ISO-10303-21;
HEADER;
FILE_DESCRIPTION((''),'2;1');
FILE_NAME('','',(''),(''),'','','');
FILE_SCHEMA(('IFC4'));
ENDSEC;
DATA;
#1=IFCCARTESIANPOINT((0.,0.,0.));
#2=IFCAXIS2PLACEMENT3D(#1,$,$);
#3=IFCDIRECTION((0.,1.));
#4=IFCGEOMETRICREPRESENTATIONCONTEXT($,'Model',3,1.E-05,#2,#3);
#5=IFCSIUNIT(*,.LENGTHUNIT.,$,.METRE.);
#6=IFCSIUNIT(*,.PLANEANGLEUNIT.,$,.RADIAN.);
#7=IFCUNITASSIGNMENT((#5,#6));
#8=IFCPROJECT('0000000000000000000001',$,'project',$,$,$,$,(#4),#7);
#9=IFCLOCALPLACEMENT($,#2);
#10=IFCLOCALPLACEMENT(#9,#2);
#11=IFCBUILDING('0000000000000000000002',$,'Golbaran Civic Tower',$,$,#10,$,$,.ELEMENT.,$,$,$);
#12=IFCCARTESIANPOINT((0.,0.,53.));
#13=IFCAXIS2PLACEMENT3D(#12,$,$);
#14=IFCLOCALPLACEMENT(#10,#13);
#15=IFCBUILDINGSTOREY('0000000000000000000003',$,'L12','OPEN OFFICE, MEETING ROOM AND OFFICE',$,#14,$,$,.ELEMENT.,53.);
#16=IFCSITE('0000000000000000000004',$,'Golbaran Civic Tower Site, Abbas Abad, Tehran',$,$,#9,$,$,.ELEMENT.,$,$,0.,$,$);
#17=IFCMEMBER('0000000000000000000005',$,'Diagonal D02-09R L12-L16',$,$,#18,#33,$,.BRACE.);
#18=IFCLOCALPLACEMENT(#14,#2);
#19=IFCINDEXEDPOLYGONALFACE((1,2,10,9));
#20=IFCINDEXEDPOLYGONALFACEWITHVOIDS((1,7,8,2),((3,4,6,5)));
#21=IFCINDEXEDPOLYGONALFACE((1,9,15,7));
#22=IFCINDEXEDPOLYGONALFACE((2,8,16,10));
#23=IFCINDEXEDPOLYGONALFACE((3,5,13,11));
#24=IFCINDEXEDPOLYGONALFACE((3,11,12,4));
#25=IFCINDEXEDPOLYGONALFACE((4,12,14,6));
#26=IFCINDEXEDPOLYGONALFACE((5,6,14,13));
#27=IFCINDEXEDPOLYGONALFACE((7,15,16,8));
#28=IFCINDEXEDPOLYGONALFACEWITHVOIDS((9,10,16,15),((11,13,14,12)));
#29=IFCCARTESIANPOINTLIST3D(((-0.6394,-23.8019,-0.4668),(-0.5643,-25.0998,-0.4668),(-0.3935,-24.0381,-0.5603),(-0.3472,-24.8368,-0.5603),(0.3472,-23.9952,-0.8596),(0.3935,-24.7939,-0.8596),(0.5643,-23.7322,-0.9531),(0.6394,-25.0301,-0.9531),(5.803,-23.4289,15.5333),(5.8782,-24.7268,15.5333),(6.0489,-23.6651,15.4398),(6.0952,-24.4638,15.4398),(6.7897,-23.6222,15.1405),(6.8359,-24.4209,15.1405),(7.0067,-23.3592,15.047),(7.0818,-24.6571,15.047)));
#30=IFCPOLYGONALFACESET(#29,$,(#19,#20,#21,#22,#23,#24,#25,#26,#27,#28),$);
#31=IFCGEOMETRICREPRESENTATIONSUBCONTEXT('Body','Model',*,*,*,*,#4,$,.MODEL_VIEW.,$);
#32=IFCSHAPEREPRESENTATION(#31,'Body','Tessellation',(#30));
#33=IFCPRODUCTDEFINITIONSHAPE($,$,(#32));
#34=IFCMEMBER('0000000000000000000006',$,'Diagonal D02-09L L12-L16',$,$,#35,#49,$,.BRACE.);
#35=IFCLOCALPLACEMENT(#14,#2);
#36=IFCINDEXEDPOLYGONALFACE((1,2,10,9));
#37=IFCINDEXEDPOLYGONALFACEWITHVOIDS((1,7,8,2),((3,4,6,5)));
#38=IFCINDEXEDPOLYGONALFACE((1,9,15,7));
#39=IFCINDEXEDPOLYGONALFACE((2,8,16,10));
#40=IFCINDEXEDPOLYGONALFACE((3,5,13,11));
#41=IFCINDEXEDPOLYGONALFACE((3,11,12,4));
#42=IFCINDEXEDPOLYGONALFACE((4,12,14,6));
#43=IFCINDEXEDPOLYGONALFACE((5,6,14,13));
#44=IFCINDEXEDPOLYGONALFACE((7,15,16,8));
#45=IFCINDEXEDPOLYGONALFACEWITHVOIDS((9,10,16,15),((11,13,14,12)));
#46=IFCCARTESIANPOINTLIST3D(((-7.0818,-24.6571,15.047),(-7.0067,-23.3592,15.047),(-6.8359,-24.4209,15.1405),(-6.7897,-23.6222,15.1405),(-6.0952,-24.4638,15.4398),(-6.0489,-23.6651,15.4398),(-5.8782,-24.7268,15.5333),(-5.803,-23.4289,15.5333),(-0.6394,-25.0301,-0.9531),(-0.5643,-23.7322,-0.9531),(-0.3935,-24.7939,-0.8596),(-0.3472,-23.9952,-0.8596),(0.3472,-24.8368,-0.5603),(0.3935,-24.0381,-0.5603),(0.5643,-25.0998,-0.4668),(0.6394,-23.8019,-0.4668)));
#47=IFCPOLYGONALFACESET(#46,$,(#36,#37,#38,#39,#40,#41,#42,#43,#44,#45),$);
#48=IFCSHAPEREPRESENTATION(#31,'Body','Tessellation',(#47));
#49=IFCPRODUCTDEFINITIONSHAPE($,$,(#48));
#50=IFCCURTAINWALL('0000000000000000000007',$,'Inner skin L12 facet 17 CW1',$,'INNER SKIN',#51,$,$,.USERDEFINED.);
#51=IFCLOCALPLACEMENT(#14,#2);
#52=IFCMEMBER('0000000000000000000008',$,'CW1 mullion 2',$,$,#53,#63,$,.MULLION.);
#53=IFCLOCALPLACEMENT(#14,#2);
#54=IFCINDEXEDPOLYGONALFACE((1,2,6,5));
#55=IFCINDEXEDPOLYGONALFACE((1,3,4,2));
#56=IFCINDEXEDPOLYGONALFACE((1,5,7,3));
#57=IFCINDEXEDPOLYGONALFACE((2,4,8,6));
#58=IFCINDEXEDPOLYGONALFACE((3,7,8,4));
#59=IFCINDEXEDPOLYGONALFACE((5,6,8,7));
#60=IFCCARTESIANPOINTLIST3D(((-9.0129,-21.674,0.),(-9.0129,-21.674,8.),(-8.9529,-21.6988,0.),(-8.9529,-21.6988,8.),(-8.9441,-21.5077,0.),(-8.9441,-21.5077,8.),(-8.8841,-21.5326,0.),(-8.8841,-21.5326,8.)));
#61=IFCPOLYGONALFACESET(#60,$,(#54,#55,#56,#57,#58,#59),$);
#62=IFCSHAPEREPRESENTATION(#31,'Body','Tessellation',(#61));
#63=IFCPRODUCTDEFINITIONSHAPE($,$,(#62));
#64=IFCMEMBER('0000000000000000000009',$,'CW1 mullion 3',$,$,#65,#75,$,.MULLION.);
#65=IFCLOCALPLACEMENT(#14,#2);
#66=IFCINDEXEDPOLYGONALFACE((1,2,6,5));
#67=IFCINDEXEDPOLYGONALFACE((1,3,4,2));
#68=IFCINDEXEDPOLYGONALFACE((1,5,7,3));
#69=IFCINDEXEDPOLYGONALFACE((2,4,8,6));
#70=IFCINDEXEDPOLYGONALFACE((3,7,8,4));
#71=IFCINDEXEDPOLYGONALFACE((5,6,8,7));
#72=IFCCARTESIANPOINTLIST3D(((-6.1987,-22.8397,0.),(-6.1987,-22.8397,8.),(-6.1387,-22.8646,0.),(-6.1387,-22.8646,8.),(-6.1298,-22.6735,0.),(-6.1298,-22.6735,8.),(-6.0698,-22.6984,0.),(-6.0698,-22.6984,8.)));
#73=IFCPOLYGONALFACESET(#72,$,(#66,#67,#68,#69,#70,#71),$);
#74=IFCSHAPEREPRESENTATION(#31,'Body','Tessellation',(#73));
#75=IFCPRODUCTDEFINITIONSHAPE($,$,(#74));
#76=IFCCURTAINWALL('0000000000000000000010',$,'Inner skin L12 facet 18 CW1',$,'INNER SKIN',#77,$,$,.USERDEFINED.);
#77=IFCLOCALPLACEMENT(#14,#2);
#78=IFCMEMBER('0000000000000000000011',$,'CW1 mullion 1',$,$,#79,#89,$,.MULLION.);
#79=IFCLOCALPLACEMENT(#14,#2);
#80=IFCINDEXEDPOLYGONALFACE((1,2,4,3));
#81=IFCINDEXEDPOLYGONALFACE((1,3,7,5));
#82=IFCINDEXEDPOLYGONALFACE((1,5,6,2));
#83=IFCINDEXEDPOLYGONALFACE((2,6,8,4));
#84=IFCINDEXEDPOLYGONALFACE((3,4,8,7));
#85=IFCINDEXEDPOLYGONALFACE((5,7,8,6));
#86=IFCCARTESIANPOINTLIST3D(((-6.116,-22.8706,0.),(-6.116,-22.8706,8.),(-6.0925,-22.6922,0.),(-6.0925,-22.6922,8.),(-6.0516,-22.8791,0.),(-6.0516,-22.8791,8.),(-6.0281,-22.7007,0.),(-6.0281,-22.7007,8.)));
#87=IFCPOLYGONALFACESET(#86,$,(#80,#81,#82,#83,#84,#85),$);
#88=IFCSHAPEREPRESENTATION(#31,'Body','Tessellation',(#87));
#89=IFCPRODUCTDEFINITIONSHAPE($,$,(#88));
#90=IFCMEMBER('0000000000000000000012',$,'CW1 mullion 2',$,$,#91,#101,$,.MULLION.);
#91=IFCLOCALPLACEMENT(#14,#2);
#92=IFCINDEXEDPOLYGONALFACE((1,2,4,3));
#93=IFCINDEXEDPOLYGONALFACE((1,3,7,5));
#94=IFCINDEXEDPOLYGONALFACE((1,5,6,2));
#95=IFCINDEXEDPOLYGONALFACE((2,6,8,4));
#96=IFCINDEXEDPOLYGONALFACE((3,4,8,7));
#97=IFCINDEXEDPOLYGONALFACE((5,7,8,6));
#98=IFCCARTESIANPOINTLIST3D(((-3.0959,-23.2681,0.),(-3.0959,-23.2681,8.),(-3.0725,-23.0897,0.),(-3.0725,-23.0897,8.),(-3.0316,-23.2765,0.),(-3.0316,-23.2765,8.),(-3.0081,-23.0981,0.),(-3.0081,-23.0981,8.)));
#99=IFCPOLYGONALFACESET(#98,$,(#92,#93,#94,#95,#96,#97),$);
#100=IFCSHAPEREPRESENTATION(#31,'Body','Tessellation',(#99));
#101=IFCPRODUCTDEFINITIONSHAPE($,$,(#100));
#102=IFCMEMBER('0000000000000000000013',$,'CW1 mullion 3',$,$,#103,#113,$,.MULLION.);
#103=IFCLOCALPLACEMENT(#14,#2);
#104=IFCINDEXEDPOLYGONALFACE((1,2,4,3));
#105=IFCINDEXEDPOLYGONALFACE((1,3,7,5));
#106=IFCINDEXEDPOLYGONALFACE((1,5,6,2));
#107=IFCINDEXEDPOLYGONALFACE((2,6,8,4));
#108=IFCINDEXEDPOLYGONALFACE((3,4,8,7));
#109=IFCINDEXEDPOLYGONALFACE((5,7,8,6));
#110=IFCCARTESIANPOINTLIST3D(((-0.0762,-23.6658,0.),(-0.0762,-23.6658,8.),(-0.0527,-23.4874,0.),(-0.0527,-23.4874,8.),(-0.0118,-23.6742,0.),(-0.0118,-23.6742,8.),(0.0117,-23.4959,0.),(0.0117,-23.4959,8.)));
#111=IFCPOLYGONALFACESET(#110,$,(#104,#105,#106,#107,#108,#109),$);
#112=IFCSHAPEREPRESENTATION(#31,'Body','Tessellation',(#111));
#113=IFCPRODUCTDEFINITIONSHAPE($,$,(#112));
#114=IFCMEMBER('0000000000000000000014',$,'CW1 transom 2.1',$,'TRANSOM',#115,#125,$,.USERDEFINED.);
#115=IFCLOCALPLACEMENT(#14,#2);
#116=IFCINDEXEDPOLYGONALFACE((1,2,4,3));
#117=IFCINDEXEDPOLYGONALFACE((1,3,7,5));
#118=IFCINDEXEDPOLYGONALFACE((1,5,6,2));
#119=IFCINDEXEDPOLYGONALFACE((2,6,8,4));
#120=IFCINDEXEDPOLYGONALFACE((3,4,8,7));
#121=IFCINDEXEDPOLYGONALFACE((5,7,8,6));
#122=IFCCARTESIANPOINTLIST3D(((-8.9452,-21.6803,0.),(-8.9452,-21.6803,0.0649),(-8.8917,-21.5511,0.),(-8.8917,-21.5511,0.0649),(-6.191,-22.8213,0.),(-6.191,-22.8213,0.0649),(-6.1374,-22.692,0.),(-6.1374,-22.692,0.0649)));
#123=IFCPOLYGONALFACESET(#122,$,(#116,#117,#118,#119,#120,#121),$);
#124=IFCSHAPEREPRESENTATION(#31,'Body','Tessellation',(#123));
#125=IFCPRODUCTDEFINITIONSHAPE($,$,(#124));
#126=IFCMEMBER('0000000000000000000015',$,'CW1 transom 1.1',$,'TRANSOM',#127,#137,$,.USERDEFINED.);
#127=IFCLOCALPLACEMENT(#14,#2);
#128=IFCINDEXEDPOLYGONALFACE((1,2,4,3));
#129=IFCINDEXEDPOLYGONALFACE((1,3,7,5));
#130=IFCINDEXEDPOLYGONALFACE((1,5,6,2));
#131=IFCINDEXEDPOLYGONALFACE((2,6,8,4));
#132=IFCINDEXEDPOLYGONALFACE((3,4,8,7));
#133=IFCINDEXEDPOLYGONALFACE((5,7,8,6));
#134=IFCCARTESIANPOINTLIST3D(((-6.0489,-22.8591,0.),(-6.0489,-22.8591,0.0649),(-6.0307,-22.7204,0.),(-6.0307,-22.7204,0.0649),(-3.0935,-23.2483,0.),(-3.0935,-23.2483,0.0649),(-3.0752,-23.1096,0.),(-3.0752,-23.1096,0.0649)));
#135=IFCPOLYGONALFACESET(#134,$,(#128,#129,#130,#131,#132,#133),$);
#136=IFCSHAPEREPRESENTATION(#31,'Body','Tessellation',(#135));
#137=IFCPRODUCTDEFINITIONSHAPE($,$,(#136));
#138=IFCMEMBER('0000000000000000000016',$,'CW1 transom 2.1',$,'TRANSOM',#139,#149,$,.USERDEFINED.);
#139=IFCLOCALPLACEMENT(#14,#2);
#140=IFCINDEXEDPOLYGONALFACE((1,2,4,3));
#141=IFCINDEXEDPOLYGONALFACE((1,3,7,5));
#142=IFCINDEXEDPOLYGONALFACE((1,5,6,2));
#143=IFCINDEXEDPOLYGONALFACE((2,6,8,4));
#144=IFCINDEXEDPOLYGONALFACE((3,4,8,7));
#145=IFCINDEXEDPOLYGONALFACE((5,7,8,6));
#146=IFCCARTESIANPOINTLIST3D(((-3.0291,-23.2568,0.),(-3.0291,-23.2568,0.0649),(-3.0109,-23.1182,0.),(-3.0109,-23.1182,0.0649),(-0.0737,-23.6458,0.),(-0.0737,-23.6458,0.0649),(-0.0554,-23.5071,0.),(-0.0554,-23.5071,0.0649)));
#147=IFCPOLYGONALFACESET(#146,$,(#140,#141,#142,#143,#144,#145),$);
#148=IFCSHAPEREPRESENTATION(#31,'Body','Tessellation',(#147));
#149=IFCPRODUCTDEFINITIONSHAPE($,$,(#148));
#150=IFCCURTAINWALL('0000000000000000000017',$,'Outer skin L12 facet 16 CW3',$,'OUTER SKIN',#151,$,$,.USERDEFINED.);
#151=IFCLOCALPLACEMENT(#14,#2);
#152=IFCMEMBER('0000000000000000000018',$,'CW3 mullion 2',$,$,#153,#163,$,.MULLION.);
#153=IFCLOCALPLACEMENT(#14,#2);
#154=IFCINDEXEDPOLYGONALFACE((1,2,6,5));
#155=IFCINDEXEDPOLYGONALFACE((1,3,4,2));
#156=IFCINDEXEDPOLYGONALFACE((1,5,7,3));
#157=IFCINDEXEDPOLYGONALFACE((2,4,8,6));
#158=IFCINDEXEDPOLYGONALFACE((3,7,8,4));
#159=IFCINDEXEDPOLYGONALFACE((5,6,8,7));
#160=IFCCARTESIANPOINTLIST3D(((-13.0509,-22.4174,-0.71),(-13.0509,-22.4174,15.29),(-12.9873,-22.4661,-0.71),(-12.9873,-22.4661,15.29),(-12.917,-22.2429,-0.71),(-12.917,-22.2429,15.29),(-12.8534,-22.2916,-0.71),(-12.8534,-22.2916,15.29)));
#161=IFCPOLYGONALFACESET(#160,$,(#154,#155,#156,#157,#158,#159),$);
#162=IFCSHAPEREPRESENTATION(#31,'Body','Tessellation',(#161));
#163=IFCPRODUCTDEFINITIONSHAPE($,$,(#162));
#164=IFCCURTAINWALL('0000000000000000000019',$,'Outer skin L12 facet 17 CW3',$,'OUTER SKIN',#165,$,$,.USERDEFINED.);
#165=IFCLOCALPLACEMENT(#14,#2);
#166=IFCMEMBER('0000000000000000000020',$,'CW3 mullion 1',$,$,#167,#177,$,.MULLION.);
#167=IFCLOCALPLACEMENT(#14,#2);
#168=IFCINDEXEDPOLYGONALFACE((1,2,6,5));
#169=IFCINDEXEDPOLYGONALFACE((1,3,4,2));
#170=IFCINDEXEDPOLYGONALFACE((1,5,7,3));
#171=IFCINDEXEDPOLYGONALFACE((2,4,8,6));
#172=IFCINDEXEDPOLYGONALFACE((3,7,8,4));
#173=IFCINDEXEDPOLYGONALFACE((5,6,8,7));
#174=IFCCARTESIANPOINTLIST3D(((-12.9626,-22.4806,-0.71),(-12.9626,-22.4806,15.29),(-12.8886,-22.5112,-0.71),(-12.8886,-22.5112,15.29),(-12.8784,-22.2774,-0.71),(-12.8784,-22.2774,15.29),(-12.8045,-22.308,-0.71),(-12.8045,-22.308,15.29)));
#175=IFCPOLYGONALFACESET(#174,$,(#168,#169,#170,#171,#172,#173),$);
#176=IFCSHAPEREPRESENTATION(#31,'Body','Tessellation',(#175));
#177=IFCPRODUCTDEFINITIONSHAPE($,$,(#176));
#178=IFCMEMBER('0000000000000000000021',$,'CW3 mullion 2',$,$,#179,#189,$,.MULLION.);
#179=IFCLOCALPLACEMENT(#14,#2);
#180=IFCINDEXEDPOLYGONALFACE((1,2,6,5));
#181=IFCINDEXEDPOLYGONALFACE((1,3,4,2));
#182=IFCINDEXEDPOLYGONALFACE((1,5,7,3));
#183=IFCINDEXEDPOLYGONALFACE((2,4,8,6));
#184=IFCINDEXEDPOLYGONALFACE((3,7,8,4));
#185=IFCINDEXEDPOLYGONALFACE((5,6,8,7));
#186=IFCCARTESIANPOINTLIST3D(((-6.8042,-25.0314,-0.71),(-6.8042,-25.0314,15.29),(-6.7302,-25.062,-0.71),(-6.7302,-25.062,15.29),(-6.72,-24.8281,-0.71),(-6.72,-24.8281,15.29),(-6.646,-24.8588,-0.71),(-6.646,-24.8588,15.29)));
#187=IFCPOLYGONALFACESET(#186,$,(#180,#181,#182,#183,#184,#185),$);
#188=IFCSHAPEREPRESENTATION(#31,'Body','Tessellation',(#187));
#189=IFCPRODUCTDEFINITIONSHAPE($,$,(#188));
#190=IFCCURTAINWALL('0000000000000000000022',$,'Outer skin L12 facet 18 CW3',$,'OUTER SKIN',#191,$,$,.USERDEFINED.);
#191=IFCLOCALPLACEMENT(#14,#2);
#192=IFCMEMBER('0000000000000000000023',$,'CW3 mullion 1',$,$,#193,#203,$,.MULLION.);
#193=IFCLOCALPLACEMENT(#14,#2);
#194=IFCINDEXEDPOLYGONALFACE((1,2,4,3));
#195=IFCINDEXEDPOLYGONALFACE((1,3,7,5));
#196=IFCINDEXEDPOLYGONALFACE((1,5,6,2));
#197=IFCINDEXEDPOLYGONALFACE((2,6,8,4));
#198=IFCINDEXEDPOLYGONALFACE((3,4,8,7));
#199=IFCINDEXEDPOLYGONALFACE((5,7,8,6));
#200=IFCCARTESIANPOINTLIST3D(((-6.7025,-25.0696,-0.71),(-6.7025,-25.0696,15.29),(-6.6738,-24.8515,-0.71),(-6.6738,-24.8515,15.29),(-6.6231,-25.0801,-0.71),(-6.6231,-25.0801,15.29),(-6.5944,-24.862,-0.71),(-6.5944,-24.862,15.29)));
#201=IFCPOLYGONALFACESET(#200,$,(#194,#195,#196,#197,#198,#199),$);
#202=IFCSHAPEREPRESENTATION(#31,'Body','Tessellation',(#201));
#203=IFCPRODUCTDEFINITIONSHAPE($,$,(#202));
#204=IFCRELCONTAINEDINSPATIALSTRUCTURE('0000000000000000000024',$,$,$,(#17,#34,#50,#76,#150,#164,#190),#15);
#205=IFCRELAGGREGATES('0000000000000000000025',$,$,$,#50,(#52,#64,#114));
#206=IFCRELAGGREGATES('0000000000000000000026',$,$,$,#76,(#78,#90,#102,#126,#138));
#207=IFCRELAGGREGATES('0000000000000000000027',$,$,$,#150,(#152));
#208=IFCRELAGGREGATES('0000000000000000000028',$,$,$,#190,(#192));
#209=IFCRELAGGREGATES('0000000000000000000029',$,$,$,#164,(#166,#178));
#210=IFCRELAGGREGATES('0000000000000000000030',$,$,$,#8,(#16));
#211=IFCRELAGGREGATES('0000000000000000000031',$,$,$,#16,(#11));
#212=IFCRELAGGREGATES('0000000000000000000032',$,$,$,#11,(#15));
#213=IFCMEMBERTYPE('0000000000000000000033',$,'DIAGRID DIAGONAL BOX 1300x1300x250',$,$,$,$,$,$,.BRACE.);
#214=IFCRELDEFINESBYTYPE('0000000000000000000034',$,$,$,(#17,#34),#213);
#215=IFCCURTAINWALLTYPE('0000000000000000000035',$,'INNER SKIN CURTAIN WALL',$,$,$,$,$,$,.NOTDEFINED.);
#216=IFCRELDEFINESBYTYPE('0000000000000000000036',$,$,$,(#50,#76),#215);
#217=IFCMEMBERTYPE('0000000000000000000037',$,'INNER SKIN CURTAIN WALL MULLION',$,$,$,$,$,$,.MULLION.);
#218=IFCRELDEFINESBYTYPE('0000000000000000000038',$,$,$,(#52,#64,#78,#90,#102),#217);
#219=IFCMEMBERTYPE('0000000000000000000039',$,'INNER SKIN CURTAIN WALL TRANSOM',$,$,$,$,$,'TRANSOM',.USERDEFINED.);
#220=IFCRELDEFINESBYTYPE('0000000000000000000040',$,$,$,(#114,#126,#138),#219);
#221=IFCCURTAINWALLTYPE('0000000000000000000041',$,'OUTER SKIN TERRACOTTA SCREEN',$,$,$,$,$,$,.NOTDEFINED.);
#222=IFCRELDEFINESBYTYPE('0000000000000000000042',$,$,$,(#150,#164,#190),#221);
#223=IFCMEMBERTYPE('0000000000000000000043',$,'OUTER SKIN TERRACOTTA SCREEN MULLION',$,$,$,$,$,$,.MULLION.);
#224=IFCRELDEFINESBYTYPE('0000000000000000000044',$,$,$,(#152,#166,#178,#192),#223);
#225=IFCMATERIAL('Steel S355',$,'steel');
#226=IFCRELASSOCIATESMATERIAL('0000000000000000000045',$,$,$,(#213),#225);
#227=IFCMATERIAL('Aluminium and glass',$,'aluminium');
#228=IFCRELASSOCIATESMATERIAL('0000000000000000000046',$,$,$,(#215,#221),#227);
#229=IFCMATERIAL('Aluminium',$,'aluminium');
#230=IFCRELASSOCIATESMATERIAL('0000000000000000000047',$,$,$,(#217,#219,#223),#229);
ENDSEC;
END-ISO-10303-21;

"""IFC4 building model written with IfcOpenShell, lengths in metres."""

from ifc_helpers import new_model, si_unit, direction, frame, origin, origin_2d, place, context, subcontext, project, spatial, rectangle, hollow_rectangle, extrude, material, material_profile, profile_set, type_object, element, aggregate, save


model = new_model("IFC4")

# Units and contexts
model_context = context("Model", 3, precision=1e-05, world=origin(), true_north=direction((0.0, 1.0)))
body_context = subcontext(model_context, "Body", "Model", "MODEL_VIEW")
ifc_project = project(units=[si_unit("LENGTHUNIT", "METRE"), si_unit("PLANEANGLEUNIT", "RADIAN")], contexts=[model_context])

# Site, building, storey
site_placement = place(None, origin())
site = spatial("IfcSite", under=ifc_project, at=site_placement, Name="Golbaran Civic Tower Site, Abbas Abad, Tehran", CompositionType="ELEMENT", RefElevation=0.0)
building_placement = place(site_placement, origin())
building = spatial("IfcBuilding", under=site, at=building_placement, Name="Golbaran Civic Tower", CompositionType="ELEMENT")
storey_placement = place(building_placement, frame((0.0, 0.0, 53.0)))
storey = spatial("IfcBuildingStorey", under=building, at=storey_placement, Name="L12", Description="OPEN OFFICE, MEETING ROOM AND OFFICE", CompositionType="ELEMENT", Elevation=53.0)

# Members
ifc_material_1 = material(Name="Steel S355", Category="steel")
ifc_material_profile_1 = material_profile(ifc_material_1, hollow_rectangle(XDim=1.3, YDim=1.3, WallThickness=0.25, at=origin_2d()), Name="BOX 1300x1300x250")
ifc_profile_set_1 = profile_set([ifc_material_profile_1], Name="Steel S355")
member_type_1 = type_object("IfcMemberType", Name="DIAGRID DIAGONAL BOX 1300x1300x250", PredefinedType="BRACE", material=ifc_profile_set_1)
for number, where, z_axis, x_axis, name in (
    (1, (0.0, -24.416, -0.71), (0.373421, 0.021623, 0.92741), (-0.057808, 0.998328, 0.0), "Diagonal D02-09R L12-L16"),
    (2, (0.0, -24.416, -0.71), (-0.373421, 0.021623, 0.92741), (-0.057808, -0.998328, 0.0), "Diagonal D02-09L L12-L16"),
):
    element("IfcMember", number, at=place(storey_placement, frame(where, z_axis=z_axis, x_axis=x_axis)), inside=storey, type_object=member_type_1, Name=name, PredefinedType="BRACE", context=body_context, shape_type="SweptSolid", body=[
        extrude(hollow_rectangle(XDim=1.3, YDim=1.3, WallThickness=0.25, at=origin_2d()), origin(), (0.0, 0.0, 1.0), 17.2524),
    ])

# Curtain walls, members
ifc_material_2 = material(Name="Aluminium and glass", Category="aluminium")
curtain_wall_type_1 = type_object("IfcCurtainWallType", Name="INNER SKIN CURTAIN WALL", PredefinedType="NOTDEFINED", material=ifc_material_2)
curtain_wall_1_placement = place(storey_placement, origin())
curtain_wall_1 = element("IfcCurtainWall", 3, at=curtain_wall_1_placement, inside=storey, type_object=curtain_wall_type_1, Name="Inner skin L12 facet 17 CW1", ObjectType="INNER SKIN", PredefinedType="USERDEFINED")
ifc_material_3 = material(Name="Aluminium", Category="aluminium")
ifc_material_profile_2 = material_profile(ifc_material_3, rectangle(XDim=0.1799, YDim=0.0649, at=origin_2d()), Name="INNER SKIN CURTAIN WALL MULLION")
ifc_profile_set_2 = profile_set([ifc_material_profile_2], Name="Aluminium")
member_type_2 = type_object("IfcMemberType", Name="INNER SKIN CURTAIN WALL MULLION", PredefinedType="MULLION", material=ifc_profile_set_2)
member_1_placement = place(storey_placement, frame((-8.9485, -21.6033, 0.0), z_axis=(0.0, 0.0, 1.0), x_axis=(0.382683, 0.92388, 0.0)))
member_1 = element("IfcMember", 4, at=member_1_placement, type_object=member_type_2, Name="CW1 mullion 2", PredefinedType="MULLION", context=body_context, shape_type="SweptSolid", body=[
    extrude(rectangle(XDim=0.1799, YDim=0.0649, at=origin_2d()), origin(), (0.0, 0.0, 1.0), 8.0),
])
member_2_placement = place(storey_placement, frame((-6.1343, -22.769, 0.0), z_axis=(0.0, 0.0, 1.0), x_axis=(0.382683, 0.92388, 0.0)))
member_2 = element("IfcMember", 5, at=member_2_placement, type_object=member_type_2, Name="CW1 mullion 3", PredefinedType="MULLION", context=body_context, shape_type="SweptSolid", body=[
    extrude(rectangle(XDim=0.1799, YDim=0.0649, at=origin_2d()), origin(), (0.0, 0.0, 1.0), 8.0),
])
curtain_wall_2_placement = place(storey_placement, origin())
curtain_wall_2 = element("IfcCurtainWall", 6, at=curtain_wall_2_placement, inside=storey, type_object=curtain_wall_type_1, Name="Inner skin L12 facet 18 CW1", ObjectType="INNER SKIN", PredefinedType="USERDEFINED")
member_3_placement = place(storey_placement, frame((-6.072, -22.7856, 0.0), z_axis=(0.0, 0.0, 1.0), x_axis=(0.130526, 0.991445, 0.0)))
member_3 = element("IfcMember", 7, at=member_3_placement, type_object=member_type_2, Name="CW1 mullion 1", PredefinedType="MULLION", context=body_context, shape_type="SweptSolid", body=[
    extrude(rectangle(XDim=0.1799, YDim=0.0649, at=origin_2d()), origin(), (0.0, 0.0, 1.0), 8.0),
])
member_4_placement = place(storey_placement, frame((-3.052, -23.1831, 0.0), z_axis=(0.0, 0.0, 1.0), x_axis=(0.130526, 0.991445, 0.0)))
member_4 = element("IfcMember", 8, at=member_4_placement, type_object=member_type_2, Name="CW1 mullion 2", PredefinedType="MULLION", context=body_context, shape_type="SweptSolid", body=[
    extrude(rectangle(XDim=0.1799, YDim=0.0649, at=origin_2d()), origin(), (0.0, 0.0, 1.0), 8.0),
])
member_5_placement = place(storey_placement, frame((-0.0322, -23.5808, 0.0), z_axis=(0.0, 0.0, 1.0), x_axis=(0.130526, 0.991445, 0.0)))
member_5 = element("IfcMember", 9, at=member_5_placement, type_object=member_type_2, Name="CW1 mullion 3", PredefinedType="MULLION", context=body_context, shape_type="SweptSolid", body=[
    extrude(rectangle(XDim=0.1799, YDim=0.0649, at=origin_2d()), origin(), (0.0, 0.0, 1.0), 8.0),
])

# Members
ifc_material_profile_3 = material_profile(ifc_material_3, rectangle(XDim=0.1399, YDim=0.0649, at=origin_2d()), Name="INNER SKIN CURTAIN WALL TRANSOM")
ifc_profile_set_3 = profile_set([ifc_material_profile_3], Name="Aluminium")
member_type_3 = type_object("IfcMemberType", Name="INNER SKIN CURTAIN WALL TRANSOM", ElementType="TRANSOM", PredefinedType="USERDEFINED", material=ifc_profile_set_3)
member_6_placement = place(storey_placement, frame((-8.9185, -21.6157, 0.0325), z_axis=(0.923872, -0.382701, 0.0), x_axis=(0.382701, 0.923872, 0.0)))
member_6 = element("IfcMember", 10, at=member_6_placement, type_object=member_type_3, Name="CW1 transom 2.1", ObjectType="TRANSOM", PredefinedType="USERDEFINED", context=body_context, shape_type="SweptSolid", body=[
    extrude(rectangle(XDim=0.1399, YDim=0.0649, at=origin_2d()), origin(), (0.0, 0.0, 1.0), 2.9812),
])
member_7_placement = place(storey_placement, frame((-6.0398, -22.7898, 0.0325), z_axis=(0.991443, -0.130543, 0.0), x_axis=(0.130543, 0.991443, 0.0)))
member_7 = element("IfcMember", 11, at=member_7_placement, type_object=member_type_3, Name="CW1 transom 1.1", ObjectType="TRANSOM", PredefinedType="USERDEFINED", context=body_context, shape_type="SweptSolid", body=[
    extrude(rectangle(XDim=0.1399, YDim=0.0649, at=origin_2d()), origin(), (0.0, 0.0, 1.0), 2.981),
])
member_8_placement = place(storey_placement, frame((-3.02, -23.1875, 0.0325), z_axis=(0.991453, -0.130463, 0.0), x_axis=(0.130463, 0.991453, 0.0)))
member_8 = element("IfcMember", 12, at=member_8_placement, type_object=member_type_3, Name="CW1 transom 2.1", ObjectType="TRANSOM", PredefinedType="USERDEFINED", context=body_context, shape_type="SweptSolid", body=[
    extrude(rectangle(XDim=0.1399, YDim=0.0649, at=origin_2d()), origin(), (0.0, 0.0, 1.0), 2.981),
])

# Curtain wall, member
curtain_wall_type_2 = type_object("IfcCurtainWallType", Name="OUTER SKIN TERRACOTTA SCREEN", PredefinedType="NOTDEFINED", material=ifc_material_2)
curtain_wall_3_placement = place(storey_placement, origin())
curtain_wall_3 = element("IfcCurtainWall", 13, at=curtain_wall_3_placement, inside=storey, type_object=curtain_wall_type_2, Name="Outer skin L12 facet 16 CW3", ObjectType="OUTER SKIN", PredefinedType="USERDEFINED")
ifc_material_profile_4 = material_profile(ifc_material_3, rectangle(XDim=0.22, YDim=0.0801, at=origin_2d()), Name="OUTER SKIN TERRACOTTA SCREEN MULLION")
ifc_profile_set_4 = profile_set([ifc_material_profile_4], Name="Aluminium")
member_type_4 = type_object("IfcMemberType", Name="OUTER SKIN TERRACOTTA SCREEN MULLION", PredefinedType="MULLION", material=ifc_profile_set_4)
member_9_placement = place(storey_placement, frame((-12.9521, -22.3545, -0.71), z_axis=(0.0, 0.0, 1.0), x_axis=(0.608761, 0.793353, 0.0)))
member_9 = element("IfcMember", 14, at=member_9_placement, type_object=member_type_4, Name="CW3 mullion 2", PredefinedType="MULLION", context=body_context, shape_type="SweptSolid", body=[
    extrude(rectangle(XDim=0.22, YDim=0.0801, at=origin_2d()), origin(), (0.0, 0.0, 1.0), 16.0),
])

# Curtain walls, members
curtain_wall_4_placement = place(storey_placement, origin())
curtain_wall_4 = element("IfcCurtainWall", 15, at=curtain_wall_4_placement, inside=storey, type_object=curtain_wall_type_2, Name="Outer skin L12 facet 17 CW3", ObjectType="OUTER SKIN", PredefinedType="USERDEFINED")
member_10_placement = place(storey_placement, frame((-12.8835, -22.3943, -0.71), z_axis=(0.0, 0.0, 1.0), x_axis=(0.382683, 0.92388, 0.0)))
member_10 = element("IfcMember", 16, at=member_10_placement, type_object=member_type_4, Name="CW3 mullion 1", PredefinedType="MULLION", context=body_context, shape_type="SweptSolid", body=[
    extrude(rectangle(XDim=0.22, YDim=0.0801, at=origin_2d()), origin(), (0.0, 0.0, 1.0), 16.0),
])
member_11_placement = place(storey_placement, frame((-6.7251, -24.9451, -0.71), z_axis=(0.0, 0.0, 1.0), x_axis=(0.382683, 0.92388, 0.0)))
member_11 = element("IfcMember", 17, at=member_11_placement, type_object=member_type_4, Name="CW3 mullion 2", PredefinedType="MULLION", context=body_context, shape_type="SweptSolid", body=[
    extrude(rectangle(XDim=0.22, YDim=0.0801, at=origin_2d()), origin(), (0.0, 0.0, 1.0), 16.0),
])
curtain_wall_5_placement = place(storey_placement, origin())
curtain_wall_5 = element("IfcCurtainWall", 18, at=curtain_wall_5_placement, inside=storey, type_object=curtain_wall_type_2, Name="Outer skin L12 facet 18 CW3", ObjectType="OUTER SKIN", PredefinedType="USERDEFINED")
member_12_placement = place(storey_placement, frame((-6.6484, -24.9658, -0.71), z_axis=(0.0, 0.0, 1.0), x_axis=(0.130526, 0.991445, 0.0)))
member_12 = element("IfcMember", 19, at=member_12_placement, type_object=member_type_4, Name="CW3 mullion 1", PredefinedType="MULLION", context=body_context, shape_type="SweptSolid", body=[
    extrude(rectangle(XDim=0.22, YDim=0.0801, at=origin_2d()), origin(), (0.0, 0.0, 1.0), 16.0),
])

aggregate(curtain_wall_1, [member_1, member_2, member_6])
aggregate(curtain_wall_2, [member_3, member_4, member_5, member_7, member_8])
aggregate(curtain_wall_3, [member_9])
aggregate(curtain_wall_5, [member_12])
aggregate(curtain_wall_4, [member_10, member_11])

save(model, "model.ifc")
